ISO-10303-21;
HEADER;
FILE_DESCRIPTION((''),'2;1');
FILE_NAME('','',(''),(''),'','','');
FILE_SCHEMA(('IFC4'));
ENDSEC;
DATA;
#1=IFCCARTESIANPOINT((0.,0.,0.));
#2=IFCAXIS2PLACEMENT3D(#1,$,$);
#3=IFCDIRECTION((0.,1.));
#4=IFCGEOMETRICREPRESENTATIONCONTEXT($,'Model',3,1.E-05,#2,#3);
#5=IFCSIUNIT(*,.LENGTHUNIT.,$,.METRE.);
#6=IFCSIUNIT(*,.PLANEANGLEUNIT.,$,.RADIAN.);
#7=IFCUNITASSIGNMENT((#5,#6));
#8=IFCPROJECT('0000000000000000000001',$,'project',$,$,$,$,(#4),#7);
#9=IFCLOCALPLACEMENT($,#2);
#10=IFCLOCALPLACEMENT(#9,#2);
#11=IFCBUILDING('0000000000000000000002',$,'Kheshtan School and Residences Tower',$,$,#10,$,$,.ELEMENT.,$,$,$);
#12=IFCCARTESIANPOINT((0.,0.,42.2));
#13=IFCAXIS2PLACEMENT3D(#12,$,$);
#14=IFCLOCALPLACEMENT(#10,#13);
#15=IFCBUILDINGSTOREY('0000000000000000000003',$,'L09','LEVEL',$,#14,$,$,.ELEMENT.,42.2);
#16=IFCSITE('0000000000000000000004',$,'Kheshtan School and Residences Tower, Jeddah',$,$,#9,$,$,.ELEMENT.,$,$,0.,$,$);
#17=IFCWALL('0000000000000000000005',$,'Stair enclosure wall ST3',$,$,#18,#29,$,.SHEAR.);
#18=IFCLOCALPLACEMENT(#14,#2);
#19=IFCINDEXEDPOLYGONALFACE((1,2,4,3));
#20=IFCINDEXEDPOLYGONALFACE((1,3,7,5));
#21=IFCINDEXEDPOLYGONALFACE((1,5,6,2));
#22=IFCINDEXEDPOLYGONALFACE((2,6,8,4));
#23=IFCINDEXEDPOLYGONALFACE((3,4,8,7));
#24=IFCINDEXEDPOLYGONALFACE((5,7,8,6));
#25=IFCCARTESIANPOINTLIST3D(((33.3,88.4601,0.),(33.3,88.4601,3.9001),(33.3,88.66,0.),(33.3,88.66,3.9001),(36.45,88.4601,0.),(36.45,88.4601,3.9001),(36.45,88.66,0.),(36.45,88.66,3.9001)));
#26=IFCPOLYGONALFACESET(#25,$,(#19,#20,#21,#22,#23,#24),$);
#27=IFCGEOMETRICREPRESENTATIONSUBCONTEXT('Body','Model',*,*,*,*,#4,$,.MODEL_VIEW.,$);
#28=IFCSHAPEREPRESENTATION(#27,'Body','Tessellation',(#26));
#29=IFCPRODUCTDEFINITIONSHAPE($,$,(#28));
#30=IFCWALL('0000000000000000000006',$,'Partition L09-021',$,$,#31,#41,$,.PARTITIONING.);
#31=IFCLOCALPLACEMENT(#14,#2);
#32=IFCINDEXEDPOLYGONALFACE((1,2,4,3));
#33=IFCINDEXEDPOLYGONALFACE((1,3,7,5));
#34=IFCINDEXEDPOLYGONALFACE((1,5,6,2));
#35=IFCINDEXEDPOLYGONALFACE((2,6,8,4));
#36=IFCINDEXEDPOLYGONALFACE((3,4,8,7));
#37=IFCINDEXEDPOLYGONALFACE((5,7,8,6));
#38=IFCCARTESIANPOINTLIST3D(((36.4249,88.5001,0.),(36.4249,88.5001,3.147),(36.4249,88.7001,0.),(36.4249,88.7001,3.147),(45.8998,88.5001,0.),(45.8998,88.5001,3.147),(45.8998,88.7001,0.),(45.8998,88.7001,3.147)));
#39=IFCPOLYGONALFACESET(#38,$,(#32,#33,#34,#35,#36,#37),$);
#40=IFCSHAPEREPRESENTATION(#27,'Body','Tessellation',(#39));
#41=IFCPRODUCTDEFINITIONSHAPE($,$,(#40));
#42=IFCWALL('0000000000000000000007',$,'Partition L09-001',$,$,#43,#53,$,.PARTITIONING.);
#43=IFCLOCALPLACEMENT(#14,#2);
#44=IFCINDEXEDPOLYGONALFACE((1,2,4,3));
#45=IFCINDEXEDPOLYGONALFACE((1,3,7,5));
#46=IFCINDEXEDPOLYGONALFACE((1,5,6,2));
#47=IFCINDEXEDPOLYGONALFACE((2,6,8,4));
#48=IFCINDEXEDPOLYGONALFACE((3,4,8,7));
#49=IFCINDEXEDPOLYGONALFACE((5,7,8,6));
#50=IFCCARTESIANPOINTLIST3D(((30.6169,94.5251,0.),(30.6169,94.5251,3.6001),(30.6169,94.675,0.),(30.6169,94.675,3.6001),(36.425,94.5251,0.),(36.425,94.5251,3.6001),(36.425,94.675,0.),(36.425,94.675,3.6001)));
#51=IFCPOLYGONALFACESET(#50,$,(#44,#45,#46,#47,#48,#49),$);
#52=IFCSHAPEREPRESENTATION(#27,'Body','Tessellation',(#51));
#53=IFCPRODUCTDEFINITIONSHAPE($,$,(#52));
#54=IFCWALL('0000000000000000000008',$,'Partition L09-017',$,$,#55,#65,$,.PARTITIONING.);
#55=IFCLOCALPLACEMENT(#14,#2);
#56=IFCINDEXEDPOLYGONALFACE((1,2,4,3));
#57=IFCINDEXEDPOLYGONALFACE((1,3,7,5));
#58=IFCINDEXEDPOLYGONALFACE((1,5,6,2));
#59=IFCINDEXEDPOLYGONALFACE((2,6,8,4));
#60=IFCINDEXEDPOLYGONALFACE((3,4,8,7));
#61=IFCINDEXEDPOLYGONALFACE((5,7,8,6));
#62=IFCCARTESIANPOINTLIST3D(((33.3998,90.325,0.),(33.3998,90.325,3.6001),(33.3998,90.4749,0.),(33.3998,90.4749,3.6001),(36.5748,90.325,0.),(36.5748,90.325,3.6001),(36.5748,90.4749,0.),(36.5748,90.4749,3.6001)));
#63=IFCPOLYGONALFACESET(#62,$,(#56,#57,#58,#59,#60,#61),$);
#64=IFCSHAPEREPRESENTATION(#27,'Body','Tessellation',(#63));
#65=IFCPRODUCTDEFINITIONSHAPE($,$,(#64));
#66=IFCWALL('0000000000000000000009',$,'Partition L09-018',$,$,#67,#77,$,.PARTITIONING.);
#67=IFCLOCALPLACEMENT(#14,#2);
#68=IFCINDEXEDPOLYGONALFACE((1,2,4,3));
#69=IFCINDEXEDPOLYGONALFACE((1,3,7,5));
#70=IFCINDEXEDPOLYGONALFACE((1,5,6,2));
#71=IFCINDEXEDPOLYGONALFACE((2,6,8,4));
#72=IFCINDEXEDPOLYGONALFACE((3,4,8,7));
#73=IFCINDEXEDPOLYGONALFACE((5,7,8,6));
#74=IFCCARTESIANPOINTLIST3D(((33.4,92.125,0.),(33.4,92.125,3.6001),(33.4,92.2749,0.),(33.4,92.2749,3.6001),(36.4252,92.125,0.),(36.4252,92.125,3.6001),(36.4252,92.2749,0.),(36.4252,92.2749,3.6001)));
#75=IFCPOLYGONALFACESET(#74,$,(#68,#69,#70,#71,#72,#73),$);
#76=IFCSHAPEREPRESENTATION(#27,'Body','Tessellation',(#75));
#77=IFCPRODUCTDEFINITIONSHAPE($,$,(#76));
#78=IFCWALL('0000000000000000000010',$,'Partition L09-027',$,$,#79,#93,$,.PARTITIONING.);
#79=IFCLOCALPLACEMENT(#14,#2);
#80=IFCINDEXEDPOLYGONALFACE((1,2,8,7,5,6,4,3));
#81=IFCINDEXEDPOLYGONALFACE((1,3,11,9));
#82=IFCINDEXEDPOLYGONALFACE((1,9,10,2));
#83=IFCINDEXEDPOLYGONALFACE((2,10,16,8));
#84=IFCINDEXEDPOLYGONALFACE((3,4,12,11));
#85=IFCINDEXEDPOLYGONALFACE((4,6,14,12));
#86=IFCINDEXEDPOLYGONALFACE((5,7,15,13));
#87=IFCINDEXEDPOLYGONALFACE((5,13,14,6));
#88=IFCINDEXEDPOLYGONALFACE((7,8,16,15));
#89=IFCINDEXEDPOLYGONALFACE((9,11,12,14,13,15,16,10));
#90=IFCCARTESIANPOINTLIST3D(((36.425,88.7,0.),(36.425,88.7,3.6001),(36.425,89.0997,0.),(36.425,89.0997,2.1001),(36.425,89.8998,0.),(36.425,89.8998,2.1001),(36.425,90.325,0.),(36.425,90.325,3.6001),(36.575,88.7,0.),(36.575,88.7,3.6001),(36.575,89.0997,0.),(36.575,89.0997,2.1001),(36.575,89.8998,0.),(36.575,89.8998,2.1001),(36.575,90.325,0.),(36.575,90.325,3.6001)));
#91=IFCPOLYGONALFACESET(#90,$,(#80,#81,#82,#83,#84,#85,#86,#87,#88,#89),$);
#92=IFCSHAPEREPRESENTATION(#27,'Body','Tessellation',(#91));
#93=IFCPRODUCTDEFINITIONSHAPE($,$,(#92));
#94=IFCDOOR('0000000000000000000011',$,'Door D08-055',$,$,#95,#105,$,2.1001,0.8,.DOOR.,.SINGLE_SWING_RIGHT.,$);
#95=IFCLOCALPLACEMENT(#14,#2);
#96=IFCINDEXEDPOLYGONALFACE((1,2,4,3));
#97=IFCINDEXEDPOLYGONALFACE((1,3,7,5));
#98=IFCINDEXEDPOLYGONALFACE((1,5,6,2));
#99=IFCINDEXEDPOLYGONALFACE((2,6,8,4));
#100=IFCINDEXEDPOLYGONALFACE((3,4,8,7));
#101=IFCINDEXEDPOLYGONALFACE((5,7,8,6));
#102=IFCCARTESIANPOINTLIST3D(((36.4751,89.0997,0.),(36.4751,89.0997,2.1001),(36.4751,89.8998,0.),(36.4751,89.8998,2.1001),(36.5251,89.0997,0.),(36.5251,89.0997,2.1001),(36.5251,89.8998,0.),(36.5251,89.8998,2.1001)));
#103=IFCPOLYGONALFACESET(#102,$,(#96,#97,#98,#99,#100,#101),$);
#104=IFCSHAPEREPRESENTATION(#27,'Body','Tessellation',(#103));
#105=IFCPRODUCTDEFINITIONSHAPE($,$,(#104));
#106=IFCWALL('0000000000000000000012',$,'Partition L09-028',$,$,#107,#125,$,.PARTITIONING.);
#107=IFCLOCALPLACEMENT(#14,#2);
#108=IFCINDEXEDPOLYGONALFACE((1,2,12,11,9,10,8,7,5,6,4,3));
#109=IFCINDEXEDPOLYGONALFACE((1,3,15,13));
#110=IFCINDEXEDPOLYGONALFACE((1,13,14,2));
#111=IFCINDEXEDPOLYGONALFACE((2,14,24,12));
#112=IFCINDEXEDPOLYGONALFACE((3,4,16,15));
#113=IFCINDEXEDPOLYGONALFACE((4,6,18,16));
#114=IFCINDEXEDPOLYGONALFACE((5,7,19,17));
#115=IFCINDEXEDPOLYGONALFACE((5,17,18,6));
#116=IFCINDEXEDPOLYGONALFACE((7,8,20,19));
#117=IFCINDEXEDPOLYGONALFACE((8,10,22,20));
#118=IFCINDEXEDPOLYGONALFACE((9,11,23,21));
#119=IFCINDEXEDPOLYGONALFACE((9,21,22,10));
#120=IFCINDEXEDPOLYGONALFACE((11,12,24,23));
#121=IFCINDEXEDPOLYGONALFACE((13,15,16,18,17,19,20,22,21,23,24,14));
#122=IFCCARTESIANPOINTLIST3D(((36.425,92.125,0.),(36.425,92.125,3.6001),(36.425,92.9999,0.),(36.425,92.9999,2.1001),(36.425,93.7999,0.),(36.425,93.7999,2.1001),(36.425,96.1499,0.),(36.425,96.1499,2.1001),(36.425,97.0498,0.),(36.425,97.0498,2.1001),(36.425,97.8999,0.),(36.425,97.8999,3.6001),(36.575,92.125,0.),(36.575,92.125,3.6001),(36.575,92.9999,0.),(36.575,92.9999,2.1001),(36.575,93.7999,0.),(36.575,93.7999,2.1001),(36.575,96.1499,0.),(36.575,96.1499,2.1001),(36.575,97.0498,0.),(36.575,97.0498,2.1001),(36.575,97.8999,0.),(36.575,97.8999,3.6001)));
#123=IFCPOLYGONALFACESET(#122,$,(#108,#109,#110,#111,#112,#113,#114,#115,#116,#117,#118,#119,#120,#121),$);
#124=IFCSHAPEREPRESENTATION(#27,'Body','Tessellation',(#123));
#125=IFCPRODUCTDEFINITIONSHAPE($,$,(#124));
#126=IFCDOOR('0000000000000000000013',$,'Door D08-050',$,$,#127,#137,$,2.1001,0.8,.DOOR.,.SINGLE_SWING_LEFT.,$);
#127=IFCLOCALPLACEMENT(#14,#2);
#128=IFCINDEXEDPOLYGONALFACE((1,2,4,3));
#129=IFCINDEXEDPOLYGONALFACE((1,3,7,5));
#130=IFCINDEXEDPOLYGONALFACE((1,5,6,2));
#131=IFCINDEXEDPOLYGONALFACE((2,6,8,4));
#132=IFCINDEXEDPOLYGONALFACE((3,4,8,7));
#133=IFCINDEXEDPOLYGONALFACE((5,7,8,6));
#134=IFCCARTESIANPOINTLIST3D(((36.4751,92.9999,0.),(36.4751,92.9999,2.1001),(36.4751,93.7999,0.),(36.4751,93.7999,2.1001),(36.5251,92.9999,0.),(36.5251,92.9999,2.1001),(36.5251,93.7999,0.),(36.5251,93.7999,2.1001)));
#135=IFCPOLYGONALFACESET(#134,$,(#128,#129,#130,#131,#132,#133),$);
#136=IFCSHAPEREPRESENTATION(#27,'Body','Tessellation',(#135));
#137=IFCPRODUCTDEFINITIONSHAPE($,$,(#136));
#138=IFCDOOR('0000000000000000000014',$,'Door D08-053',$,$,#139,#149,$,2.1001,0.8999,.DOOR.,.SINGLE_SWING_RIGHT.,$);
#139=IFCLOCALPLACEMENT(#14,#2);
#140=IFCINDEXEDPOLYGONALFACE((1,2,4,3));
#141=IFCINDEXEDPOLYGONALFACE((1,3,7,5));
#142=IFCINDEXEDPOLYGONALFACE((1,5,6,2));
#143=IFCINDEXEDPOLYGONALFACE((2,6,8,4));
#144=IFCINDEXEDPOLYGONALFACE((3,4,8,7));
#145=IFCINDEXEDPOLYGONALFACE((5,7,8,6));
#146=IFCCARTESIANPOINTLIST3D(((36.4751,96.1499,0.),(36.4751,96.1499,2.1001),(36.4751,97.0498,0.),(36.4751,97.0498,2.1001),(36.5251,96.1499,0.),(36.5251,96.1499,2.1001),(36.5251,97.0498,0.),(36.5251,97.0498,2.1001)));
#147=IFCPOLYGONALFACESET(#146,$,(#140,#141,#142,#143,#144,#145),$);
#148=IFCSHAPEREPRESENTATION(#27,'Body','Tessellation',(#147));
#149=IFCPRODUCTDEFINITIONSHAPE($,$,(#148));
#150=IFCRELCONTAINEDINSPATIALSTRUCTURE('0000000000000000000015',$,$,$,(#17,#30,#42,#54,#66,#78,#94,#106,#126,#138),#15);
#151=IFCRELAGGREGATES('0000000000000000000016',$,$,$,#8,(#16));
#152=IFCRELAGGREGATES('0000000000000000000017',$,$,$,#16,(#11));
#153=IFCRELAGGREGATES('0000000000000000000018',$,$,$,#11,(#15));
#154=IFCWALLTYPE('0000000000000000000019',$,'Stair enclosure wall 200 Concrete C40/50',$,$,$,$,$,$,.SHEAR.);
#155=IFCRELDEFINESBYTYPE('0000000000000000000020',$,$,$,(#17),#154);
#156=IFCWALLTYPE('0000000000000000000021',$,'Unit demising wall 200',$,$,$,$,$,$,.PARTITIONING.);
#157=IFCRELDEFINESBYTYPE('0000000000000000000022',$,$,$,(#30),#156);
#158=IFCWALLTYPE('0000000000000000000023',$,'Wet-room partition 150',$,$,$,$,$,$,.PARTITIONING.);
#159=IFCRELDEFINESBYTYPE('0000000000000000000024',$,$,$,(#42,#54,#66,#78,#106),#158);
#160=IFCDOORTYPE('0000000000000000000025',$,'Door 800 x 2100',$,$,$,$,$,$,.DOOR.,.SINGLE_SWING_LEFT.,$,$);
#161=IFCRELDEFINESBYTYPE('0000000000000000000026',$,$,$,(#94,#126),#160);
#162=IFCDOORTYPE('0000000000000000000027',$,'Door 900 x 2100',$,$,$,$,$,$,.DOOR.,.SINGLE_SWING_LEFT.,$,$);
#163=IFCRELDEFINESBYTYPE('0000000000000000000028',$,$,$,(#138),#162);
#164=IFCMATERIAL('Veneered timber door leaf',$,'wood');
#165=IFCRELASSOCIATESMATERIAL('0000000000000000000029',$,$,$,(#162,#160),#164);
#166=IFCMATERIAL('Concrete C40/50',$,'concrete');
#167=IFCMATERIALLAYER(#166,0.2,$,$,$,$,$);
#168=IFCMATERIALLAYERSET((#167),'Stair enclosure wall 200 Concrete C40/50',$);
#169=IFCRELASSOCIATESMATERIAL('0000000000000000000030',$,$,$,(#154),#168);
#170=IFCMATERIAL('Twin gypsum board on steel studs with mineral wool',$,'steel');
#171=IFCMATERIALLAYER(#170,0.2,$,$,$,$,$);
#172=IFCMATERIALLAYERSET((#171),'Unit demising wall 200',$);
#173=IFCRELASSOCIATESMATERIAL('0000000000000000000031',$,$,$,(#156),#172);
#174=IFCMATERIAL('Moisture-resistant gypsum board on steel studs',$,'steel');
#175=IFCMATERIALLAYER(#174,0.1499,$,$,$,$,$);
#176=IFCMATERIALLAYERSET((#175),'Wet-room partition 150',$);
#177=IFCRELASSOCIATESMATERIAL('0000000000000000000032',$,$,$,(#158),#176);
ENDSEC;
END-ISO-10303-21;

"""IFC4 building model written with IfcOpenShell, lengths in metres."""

from ifc_helpers import new_model, si_unit, direction, frame, frame_2d, origin, place, context, subcontext, project, spatial, rectangle, extrude, source, transform, mapped, material, layer, layer_set, type_object, element, fill, save


model = new_model("IFC4")

# Units and contexts
model_context = context("Model", 3, precision=1e-05, world=origin(), true_north=direction((0.0, 1.0)))
body_context = subcontext(model_context, "Body", "Model", "MODEL_VIEW")
ifc_project = project(units=[si_unit("LENGTHUNIT", "METRE"), si_unit("PLANEANGLEUNIT", "RADIAN")], contexts=[model_context])

# Site, building, storey
site_placement = place(None, origin())
site = spatial("IfcSite", under=ifc_project, at=site_placement, Name="Kheshtan School and Residences Tower, Jeddah", CompositionType="ELEMENT", RefElevation=0.0)
building_placement = place(site_placement, origin())
building = spatial("IfcBuilding", under=site, at=building_placement, Name="Kheshtan School and Residences Tower", CompositionType="ELEMENT")
storey_placement = place(building_placement, frame((0.0, 0.0, 42.2)))
storey = spatial("IfcBuildingStorey", under=building, at=storey_placement, Name="L09", Description="LEVEL", CompositionType="ELEMENT", Elevation=42.2)

# Shared definitions
ifc_material_1 = material(Name="Veneered timber door leaf", Category="wood")
door_type_1 = type_object("IfcDoorType", Name="Door 900 x 2100", OperationType="SINGLE_SWING_LEFT", PredefinedType="DOOR", material=ifc_material_1)
shared_shape_1 = source(origin(), body_context, "Body", "SweptSolid", [
    extrude(rectangle(XDim=0.8999, YDim=2.1001, at=frame_2d((0.45, 1.05))), frame((0.0, 0.0249, 0.0), z_axis=(0.0, -1.0, 0.0), x_axis=(1.0, 0.0, 0.0)), (0.0, 0.0, 1.0), 0.05),
])

# Walls
ifc_material_2 = material(Name="Concrete C40/50", Category="concrete")
ifc_layer_1 = layer(ifc_material_2, 0.2)
ifc_layer_set_1 = layer_set([ifc_layer_1], Name="Stair enclosure wall 200 Concrete C40/50")
wall_type_1 = type_object("IfcWallType", Name="Stair enclosure wall 200 Concrete C40/50", PredefinedType="SHEAR", material=ifc_layer_set_1)
wall_1_placement = place(storey_placement, frame((33.3, 88.5601, 0.0), z_axis=(0.0, 0.0, 1.0), x_axis=(1.0, 0.0, 0.0)))
element("IfcWall", 1, at=wall_1_placement, inside=storey, type_object=wall_type_1, Name="Stair enclosure wall ST3", PredefinedType="SHEAR", context=body_context, shape_type="SweptSolid", body=[
    extrude(rectangle(XDim=3.1499, YDim=0.2, at=frame_2d((1.575, 0.0))), origin(), (0.0, 0.0, 1.0), 3.9001),
])
ifc_material_3 = material(Name="Twin gypsum board on steel studs with mineral wool", Category="steel")
ifc_layer_2 = layer(ifc_material_3, 0.2)
ifc_layer_set_2 = layer_set([ifc_layer_2], Name="Unit demising wall 200")
wall_type_2 = type_object("IfcWallType", Name="Unit demising wall 200", PredefinedType="PARTITIONING", material=ifc_layer_set_2)
wall_2_placement = place(storey_placement, frame((36.425, 88.6001, 0.0), z_axis=(0.0, 0.0, 1.0), x_axis=(1.0, 0.0, 0.0)))
element("IfcWall", 2, at=wall_2_placement, inside=storey, type_object=wall_type_2, Name="Partition L09-021", PredefinedType="PARTITIONING", context=body_context, shape_type="SweptSolid", body=[
    extrude(rectangle(XDim=9.4749, YDim=0.2, at=frame_2d((4.7373, 0.0))), origin(), (0.0, 0.0, 1.0), 3.147),
])
ifc_material_4 = material(Name="Moisture-resistant gypsum board on steel studs", Category="steel")
ifc_layer_3 = layer(ifc_material_4, 0.1499)
ifc_layer_set_3 = layer_set([ifc_layer_3], Name="Wet-room partition 150")
wall_type_3 = type_object("IfcWallType", Name="Wet-room partition 150", PredefinedType="PARTITIONING", material=ifc_layer_set_3)
wall_3_placement = place(storey_placement, frame((30.6169, 94.6001, 0.0), z_axis=(0.0, 0.0, 1.0), x_axis=(1.0, 0.0, 0.0)))
element("IfcWall", 3, at=wall_3_placement, inside=storey, type_object=wall_type_3, Name="Partition L09-001", PredefinedType="PARTITIONING", context=body_context, shape_type="SweptSolid", body=[
    extrude(rectangle(XDim=5.8081, YDim=0.1499, at=frame_2d((2.9041, 0.0))), origin(), (0.0, 0.0, 1.0), 3.6001),
])
wall_4_placement = place(storey_placement, frame((33.3999, 90.3999, 0.0), z_axis=(0.0, 0.0, 1.0), x_axis=(1.0, 0.0, 0.0)))
element("IfcWall", 4, at=wall_4_placement, inside=storey, type_object=wall_type_3, Name="Partition L09-017", PredefinedType="PARTITIONING", context=body_context, shape_type="SweptSolid", body=[
    extrude(rectangle(XDim=3.175, YDim=0.1499, at=frame_2d((1.5874, 0.0))), origin(), (0.0, 0.0, 1.0), 3.6001),
])
wall_5_placement = place(storey_placement, frame((33.3999, 92.2, 0.0), z_axis=(0.0, 0.0, 1.0), x_axis=(1.0, 0.0, 0.0)))
element("IfcWall", 5, at=wall_5_placement, inside=storey, type_object=wall_type_3, Name="Partition L09-018", PredefinedType="PARTITIONING", context=body_context, shape_type="SweptSolid", body=[
    extrude(rectangle(XDim=3.0251, YDim=0.1499, at=frame_2d((1.5127, 0.0))), origin(), (0.0, 0.0, 1.0), 3.6001),
])

# Wall, opening, door
wall_6_placement = place(storey_placement, frame((36.5, 88.7, 0.0), z_axis=(0.0, 0.0, 1.0), x_axis=(0.0, 1.0, 0.0)))
wall_6 = element("IfcWall", 6, at=wall_6_placement, inside=storey, type_object=wall_type_3, Name="Partition L09-027", PredefinedType="PARTITIONING", context=body_context, shape_type="SweptSolid", body=[
    extrude(rectangle(XDim=1.625, YDim=0.1499, at=frame_2d((0.8125, 0.0))), origin(), (0.0, 0.0, 1.0), 3.6001),
])
opening_1_placement = place(wall_6_placement, frame((0.3999, 0.0, 0.0)))
opening_1 = element("IfcOpeningElement", 7, at=opening_1_placement, cuts=wall_6, PredefinedType="OPENING", context=body_context, shape_type="SweptSolid", body=[
    extrude(rectangle(XDim=0.8, YDim=2.1001, at=frame_2d((0.3999, 1.05))), frame((0.0, 0.085, 0.0), z_axis=(0.0, -1.0, 0.0), x_axis=(1.0, 0.0, 0.0)), (0.0, 0.0, 1.0), 0.1699),
])
door_type_2 = type_object("IfcDoorType", Name="Door 800 x 2100", OperationType="SINGLE_SWING_LEFT", PredefinedType="DOOR", material=ifc_material_1)
shared_shape_2 = source(origin(), body_context, "Body", "SweptSolid", [
    extrude(rectangle(XDim=0.8, YDim=2.1001, at=frame_2d((0.3999, 1.05))), frame((0.0, 0.0249, 0.0), z_axis=(0.0, -1.0, 0.0), x_axis=(1.0, 0.0, 0.0)), (0.0, 0.0, 1.0), 0.05),
])
door_1_placement = place(opening_1_placement, origin())
door_1 = element("IfcDoor", 8, at=door_1_placement, inside=storey, type_object=door_type_2, Name="Door D08-055", OperationType="SINGLE_SWING_RIGHT", OverallHeight=2.1001, OverallWidth=0.8, PredefinedType="DOOR", context=body_context, shape_type="MappedRepresentation", body=[
    mapped(shared_shape_2, transform((0.0, 0.0, 0.0), x_axis=(1.0, 0.0, 0.0), y_axis=(0.0, 1.0, 0.0), z_axis=(0.0, 0.0, 1.0), scale=1.0)),
])
fill(opening_1, door_1)

# Wall, openings, doors
wall_7_placement = place(storey_placement, frame((36.5, 92.125, 0.0), z_axis=(0.0, 0.0, 1.0), x_axis=(0.0, 1.0, 0.0)))
wall_7 = element("IfcWall", 9, at=wall_7_placement, inside=storey, type_object=wall_type_3, Name="Partition L09-028", PredefinedType="PARTITIONING", context=body_context, shape_type="SweptSolid", body=[
    extrude(rectangle(XDim=5.7749, YDim=0.1499, at=frame_2d((2.8875, 0.0))), origin(), (0.0, 0.0, 1.0), 3.6001),
])
opening_2_placement = place(wall_7_placement, frame((0.875, 0.0, 0.0)))
opening_2 = element("IfcOpeningElement", 10, at=opening_2_placement, cuts=wall_7, PredefinedType="OPENING", context=body_context, shape_type="SweptSolid", body=[
    extrude(rectangle(XDim=0.8, YDim=2.1001, at=frame_2d((0.3999, 1.05))), frame((0.0, 0.085, 0.0), z_axis=(0.0, -1.0, 0.0), x_axis=(1.0, 0.0, 0.0)), (0.0, 0.0, 1.0), 0.1699),
])
opening_3_placement = place(wall_7_placement, frame((4.0249, 0.0, 0.0)))
opening_3 = element("IfcOpeningElement", 11, at=opening_3_placement, cuts=wall_7, PredefinedType="OPENING", context=body_context, shape_type="SweptSolid", body=[
    extrude(rectangle(XDim=0.8999, YDim=2.1001, at=frame_2d((0.45, 1.05))), frame((0.0, 0.085, 0.0), z_axis=(0.0, -1.0, 0.0), x_axis=(1.0, 0.0, 0.0)), (0.0, 0.0, 1.0), 0.1699),
])
door_2_placement = place(opening_2_placement, origin())
door_2 = element("IfcDoor", 12, at=door_2_placement, inside=storey, type_object=door_type_2, Name="Door D08-050", OperationType="SINGLE_SWING_LEFT", OverallHeight=2.1001, OverallWidth=0.8, PredefinedType="DOOR", context=body_context, shape_type="MappedRepresentation", body=[
    mapped(shared_shape_2, transform((0.0, 0.0, 0.0), x_axis=(1.0, 0.0, 0.0), y_axis=(0.0, 1.0, 0.0), z_axis=(0.0, 0.0, 1.0), scale=1.0)),
])
fill(opening_2, door_2)
door_3_placement = place(opening_3_placement, origin())
door_3 = element("IfcDoor", 13, at=door_3_placement, inside=storey, type_object=door_type_1, Name="Door D08-053", OperationType="SINGLE_SWING_RIGHT", OverallHeight=2.1001, OverallWidth=0.8999, PredefinedType="DOOR", context=body_context, shape_type="MappedRepresentation", body=[
    mapped(shared_shape_1, transform((0.0, 0.0, 0.0), x_axis=(1.0, 0.0, 0.0), y_axis=(0.0, 1.0, 0.0), z_axis=(0.0, 0.0, 1.0), scale=1.0)),
])
fill(opening_3, door_3)

save(model, "model.ifc")
